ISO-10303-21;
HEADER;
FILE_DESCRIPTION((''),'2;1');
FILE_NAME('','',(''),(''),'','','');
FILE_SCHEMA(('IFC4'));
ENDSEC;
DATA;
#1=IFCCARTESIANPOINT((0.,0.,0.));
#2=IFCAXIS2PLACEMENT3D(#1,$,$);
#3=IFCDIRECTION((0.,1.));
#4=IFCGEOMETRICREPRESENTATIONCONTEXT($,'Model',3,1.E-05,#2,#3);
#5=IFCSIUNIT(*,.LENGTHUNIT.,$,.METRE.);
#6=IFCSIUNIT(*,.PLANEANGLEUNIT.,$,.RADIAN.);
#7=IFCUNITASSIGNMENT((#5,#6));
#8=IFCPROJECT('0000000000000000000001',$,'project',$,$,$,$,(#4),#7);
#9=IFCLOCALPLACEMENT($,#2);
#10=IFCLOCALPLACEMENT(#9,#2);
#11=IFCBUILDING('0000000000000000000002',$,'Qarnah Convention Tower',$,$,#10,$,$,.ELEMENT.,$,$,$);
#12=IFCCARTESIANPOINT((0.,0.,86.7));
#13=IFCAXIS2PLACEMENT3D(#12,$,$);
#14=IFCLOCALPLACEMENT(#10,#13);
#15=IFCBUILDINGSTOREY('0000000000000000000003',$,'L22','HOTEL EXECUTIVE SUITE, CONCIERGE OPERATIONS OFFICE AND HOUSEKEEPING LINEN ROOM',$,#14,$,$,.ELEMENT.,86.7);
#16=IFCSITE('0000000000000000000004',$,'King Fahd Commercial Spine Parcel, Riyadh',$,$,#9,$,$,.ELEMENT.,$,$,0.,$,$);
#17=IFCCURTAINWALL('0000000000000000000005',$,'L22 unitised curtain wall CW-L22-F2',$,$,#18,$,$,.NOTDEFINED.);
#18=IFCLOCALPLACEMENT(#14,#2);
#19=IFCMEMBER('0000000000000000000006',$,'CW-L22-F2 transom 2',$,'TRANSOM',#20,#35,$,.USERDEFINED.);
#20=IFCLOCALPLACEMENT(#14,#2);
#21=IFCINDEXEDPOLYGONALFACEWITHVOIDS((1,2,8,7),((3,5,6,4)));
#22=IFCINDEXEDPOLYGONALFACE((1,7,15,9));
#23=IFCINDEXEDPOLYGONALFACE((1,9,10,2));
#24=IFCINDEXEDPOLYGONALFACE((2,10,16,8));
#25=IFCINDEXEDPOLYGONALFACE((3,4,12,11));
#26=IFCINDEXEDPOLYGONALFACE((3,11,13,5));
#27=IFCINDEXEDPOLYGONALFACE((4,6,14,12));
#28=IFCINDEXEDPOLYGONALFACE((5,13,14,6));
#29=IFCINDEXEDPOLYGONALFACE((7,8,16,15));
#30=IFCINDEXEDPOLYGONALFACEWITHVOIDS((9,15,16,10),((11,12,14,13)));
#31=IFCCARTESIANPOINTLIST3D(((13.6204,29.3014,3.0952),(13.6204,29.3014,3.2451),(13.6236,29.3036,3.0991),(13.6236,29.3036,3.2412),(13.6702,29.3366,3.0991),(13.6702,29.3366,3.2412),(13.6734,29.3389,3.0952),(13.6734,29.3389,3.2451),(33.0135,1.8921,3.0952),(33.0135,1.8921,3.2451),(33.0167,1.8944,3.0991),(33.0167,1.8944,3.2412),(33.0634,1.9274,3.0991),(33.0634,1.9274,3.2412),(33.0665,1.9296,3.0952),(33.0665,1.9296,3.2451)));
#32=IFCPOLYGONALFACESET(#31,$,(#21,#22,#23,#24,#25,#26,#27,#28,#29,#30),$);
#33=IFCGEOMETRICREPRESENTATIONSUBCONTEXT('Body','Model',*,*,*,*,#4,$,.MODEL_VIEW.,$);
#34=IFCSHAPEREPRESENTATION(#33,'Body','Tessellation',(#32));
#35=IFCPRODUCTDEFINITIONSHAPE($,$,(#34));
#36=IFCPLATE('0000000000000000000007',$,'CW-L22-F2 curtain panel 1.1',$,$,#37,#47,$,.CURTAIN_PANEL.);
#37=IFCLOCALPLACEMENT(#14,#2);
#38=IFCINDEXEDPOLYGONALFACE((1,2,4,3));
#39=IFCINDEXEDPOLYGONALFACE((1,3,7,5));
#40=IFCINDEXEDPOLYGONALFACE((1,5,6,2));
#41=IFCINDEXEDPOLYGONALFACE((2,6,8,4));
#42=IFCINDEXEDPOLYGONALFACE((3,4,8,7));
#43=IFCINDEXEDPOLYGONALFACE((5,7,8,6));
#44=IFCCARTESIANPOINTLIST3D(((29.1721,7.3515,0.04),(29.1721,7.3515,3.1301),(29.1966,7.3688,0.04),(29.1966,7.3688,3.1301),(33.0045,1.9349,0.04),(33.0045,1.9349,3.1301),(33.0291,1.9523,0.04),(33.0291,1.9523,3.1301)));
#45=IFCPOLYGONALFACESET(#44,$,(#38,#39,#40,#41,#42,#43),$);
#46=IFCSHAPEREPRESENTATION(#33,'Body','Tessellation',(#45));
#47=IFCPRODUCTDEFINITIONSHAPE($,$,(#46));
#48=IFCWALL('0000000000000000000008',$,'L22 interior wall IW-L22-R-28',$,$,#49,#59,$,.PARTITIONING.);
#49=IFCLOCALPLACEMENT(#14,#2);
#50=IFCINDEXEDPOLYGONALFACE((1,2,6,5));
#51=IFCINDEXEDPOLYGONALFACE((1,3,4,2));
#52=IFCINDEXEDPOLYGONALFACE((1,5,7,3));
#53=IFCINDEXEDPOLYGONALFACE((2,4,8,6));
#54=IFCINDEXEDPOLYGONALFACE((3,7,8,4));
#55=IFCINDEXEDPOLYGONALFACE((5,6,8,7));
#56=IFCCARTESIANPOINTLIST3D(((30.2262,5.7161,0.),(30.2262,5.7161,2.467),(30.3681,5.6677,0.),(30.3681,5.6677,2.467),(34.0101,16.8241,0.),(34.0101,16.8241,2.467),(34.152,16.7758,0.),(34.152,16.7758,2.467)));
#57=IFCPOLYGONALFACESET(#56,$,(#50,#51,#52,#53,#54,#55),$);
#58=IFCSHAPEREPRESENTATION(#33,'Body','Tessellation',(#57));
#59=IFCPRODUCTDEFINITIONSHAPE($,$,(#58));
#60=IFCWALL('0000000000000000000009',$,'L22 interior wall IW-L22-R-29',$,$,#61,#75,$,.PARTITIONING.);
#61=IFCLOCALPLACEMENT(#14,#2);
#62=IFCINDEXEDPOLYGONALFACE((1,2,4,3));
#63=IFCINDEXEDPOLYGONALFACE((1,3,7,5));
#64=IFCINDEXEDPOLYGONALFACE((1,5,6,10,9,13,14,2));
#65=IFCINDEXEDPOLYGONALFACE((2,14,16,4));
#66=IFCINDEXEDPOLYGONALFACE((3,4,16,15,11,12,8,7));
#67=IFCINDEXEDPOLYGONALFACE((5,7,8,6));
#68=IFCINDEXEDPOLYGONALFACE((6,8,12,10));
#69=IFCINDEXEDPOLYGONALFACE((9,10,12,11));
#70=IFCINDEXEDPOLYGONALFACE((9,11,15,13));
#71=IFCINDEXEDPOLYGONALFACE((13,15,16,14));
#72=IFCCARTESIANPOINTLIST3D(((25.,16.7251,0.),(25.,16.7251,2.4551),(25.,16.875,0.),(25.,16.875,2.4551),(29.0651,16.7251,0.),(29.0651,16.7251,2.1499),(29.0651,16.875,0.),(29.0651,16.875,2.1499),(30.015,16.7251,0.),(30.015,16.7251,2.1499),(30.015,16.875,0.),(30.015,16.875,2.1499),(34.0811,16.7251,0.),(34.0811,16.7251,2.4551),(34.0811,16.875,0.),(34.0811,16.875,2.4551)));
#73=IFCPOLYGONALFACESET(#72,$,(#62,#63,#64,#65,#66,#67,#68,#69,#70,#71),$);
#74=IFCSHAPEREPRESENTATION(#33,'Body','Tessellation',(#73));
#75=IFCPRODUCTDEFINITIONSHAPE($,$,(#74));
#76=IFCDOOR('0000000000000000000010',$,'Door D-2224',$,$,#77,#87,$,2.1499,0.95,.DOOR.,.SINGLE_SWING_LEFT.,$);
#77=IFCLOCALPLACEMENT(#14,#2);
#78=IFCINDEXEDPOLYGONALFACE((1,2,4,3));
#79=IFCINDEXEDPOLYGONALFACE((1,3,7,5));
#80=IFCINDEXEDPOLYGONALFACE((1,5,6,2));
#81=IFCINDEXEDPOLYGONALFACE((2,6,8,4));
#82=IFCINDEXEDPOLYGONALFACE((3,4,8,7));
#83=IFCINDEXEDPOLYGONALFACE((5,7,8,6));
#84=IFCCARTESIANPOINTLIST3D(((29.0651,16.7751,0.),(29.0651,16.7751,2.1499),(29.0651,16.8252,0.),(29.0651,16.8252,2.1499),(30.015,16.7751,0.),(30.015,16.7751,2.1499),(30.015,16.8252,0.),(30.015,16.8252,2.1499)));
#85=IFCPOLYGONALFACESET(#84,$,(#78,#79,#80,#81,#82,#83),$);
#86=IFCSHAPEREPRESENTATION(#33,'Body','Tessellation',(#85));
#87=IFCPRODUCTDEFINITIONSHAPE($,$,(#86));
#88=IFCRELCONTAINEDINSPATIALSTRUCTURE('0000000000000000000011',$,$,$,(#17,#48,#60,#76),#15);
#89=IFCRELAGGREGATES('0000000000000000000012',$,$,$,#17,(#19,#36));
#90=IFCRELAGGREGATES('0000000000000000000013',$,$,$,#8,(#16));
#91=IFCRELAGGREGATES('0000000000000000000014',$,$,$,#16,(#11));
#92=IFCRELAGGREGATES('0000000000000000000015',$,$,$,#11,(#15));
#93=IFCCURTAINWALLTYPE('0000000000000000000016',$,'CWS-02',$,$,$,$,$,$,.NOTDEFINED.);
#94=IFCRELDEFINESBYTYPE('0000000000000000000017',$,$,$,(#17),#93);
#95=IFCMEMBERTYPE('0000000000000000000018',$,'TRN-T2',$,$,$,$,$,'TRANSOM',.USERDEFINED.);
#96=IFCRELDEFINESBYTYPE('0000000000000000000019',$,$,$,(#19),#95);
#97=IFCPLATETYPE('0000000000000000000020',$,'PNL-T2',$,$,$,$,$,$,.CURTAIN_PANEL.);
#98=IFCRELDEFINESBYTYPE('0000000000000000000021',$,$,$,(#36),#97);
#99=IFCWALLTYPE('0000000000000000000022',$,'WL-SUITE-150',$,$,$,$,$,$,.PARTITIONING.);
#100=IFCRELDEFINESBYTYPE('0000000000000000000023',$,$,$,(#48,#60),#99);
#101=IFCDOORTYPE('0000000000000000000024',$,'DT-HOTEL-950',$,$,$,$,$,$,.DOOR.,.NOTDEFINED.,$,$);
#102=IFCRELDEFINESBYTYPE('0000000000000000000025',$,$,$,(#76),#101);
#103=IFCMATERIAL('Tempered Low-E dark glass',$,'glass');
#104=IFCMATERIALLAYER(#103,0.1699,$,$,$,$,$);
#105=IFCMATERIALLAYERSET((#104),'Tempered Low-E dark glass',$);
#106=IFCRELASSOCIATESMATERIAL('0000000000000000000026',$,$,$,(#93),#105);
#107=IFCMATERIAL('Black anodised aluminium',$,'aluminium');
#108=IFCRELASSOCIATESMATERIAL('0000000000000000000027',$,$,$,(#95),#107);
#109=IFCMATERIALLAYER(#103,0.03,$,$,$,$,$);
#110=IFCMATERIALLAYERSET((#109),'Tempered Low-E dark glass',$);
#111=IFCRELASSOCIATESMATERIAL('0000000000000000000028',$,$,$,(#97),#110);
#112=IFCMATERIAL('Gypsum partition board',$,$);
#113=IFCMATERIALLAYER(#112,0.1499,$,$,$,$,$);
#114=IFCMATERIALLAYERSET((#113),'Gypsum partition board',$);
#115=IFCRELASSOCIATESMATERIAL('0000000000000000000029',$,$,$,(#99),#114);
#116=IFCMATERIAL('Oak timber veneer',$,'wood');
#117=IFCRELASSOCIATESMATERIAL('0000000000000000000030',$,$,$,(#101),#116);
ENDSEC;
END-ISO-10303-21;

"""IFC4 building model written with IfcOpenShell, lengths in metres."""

from ifc_helpers import new_model, si_unit, direction, frame, frame_2d, origin, origin_2d, place, context, subcontext, project, spatial, rectangle, hollow_rectangle, extrude, material, layer, layer_set, material_profile, profile_set, type_object, element, fill, aggregate, save


model = new_model("IFC4")

# Units and contexts
model_context = context("Model", 3, precision=1e-05, world=origin(), true_north=direction((0.0, 1.0)))
body_context = subcontext(model_context, "Body", "Model", "MODEL_VIEW")
ifc_project = project(units=[si_unit("LENGTHUNIT", "METRE"), si_unit("PLANEANGLEUNIT", "RADIAN")], contexts=[model_context])

# Site, building, storey
site_placement = place(None, origin())
site = spatial("IfcSite", under=ifc_project, at=site_placement, Name="King Fahd Commercial Spine Parcel, Riyadh", CompositionType="ELEMENT", RefElevation=0.0)
building_placement = place(site_placement, origin())
building = spatial("IfcBuilding", under=site, at=building_placement, Name="Qarnah Convention Tower", CompositionType="ELEMENT")
storey_placement = place(building_placement, frame((0.0, 0.0, 86.7)))
storey = spatial("IfcBuildingStorey", under=building, at=storey_placement, Name="L22", Description="HOTEL EXECUTIVE SUITE, CONCIERGE OPERATIONS OFFICE AND HOUSEKEEPING LINEN ROOM", CompositionType="ELEMENT", Elevation=86.7)

# Curtain wall
ifc_material_1 = material(Name="Tempered Low-E dark glass", Category="glass")
ifc_layer_1 = layer(ifc_material_1, 0.1699)
ifc_layer_set_1 = layer_set([ifc_layer_1], Name="Tempered Low-E dark glass")
curtain_wall_type = type_object("IfcCurtainWallType", Name="CWS-02", PredefinedType="NOTDEFINED", material=ifc_layer_set_1)
curtain_wall_1_placement = place(storey_placement, origin())
curtain_wall_1 = element("IfcCurtainWall", 1, at=curtain_wall_1_placement, inside=storey, type_object=curtain_wall_type, Name="L22 unitised curtain wall CW-L22-F2", PredefinedType="NOTDEFINED")
ifc_material_2 = material(Name="Black anodised aluminium", Category="aluminium")

# Member
ifc_material_profile_1 = material_profile(ifc_material_2, hollow_rectangle(XDim=0.0649, YDim=0.1499, WallThickness=0.0039, at=origin_2d()), Name="TRN-65X150")
ifc_profile_set_1 = profile_set([ifc_material_profile_1], Name="Black anodised aluminium")
member_type_1 = type_object("IfcMemberType", Name="TRN-T2", ElementType="TRANSOM", PredefinedType="USERDEFINED", material=ifc_profile_set_1)
member_1_placement = place(storey_placement, frame((33.04, 1.9109, 3.1702), z_axis=(-0.577586, 0.81633, 0.0), x_axis=(-0.81633, -0.577586, 0.0)))
member_1 = element("IfcMember", 2, at=member_1_placement, type_object=member_type_1, Name="CW-L22-F2 transom 2", ObjectType="TRANSOM", PredefinedType="USERDEFINED", context=body_context, shape_type="SweptSolid", body=[
    extrude(hollow_rectangle(XDim=0.0649, YDim=0.1499, WallThickness=0.0039, at=origin_2d()), origin(), (0.0, 0.0, 1.0), 33.5762),
])

# Plate
ifc_layer_2 = layer(ifc_material_1, 0.03)
ifc_layer_set_2 = layer_set([ifc_layer_2], Name="Tempered Low-E dark glass")
plate_type = type_object("IfcPlateType", Name="PNL-T2", PredefinedType="CURTAIN_PANEL", material=ifc_layer_set_2)
plate_placement = place(storey_placement, frame((31.1006, 4.6519, 0.04), z_axis=(0.0, 0.0, 1.0), x_axis=(-0.577587, 0.816329, 0.0)))
plate = element("IfcPlate", 3, at=plate_placement, type_object=plate_type, Name="CW-L22-F2 curtain panel 1.1", PredefinedType="CURTAIN_PANEL", context=body_context, shape_type="SweptSolid", body=[
    extrude(rectangle(XDim=6.6353, YDim=0.03, at=origin_2d()), origin(), (0.0, 0.0, 1.0), 3.0901),
])
aggregate(curtain_wall_1, [member_1, plate])

# Wall
ifc_material_3 = material(Name="Gypsum partition board")
ifc_layer_3 = layer(ifc_material_3, 0.1499)
ifc_layer_set_3 = layer_set([ifc_layer_3], Name="Gypsum partition board")
wall_type = type_object("IfcWallType", Name="WL-SUITE-150", PredefinedType="PARTITIONING", material=ifc_layer_set_3)
wall_1_placement = place(storey_placement, frame((30.2971, 5.6919, 0.0), z_axis=(0.0, 0.0, 1.0), x_axis=(0.32245, 0.946587, 0.0)))
element("IfcWall", 4, at=wall_1_placement, inside=storey, type_object=wall_type, Name="L22 interior wall IW-L22-R-28", PredefinedType="PARTITIONING", context=body_context, shape_type="SweptSolid", body=[
    extrude(rectangle(XDim=11.7349, YDim=0.1499, at=frame_2d((5.8674, 0.0))), origin(), (0.0, 0.0, 1.0), 2.467),
])

# Wall, opening, door
wall_2_placement = place(storey_placement, frame((34.0811, 16.8, 0.0), z_axis=(0.0, 0.0, 1.0), x_axis=(-1.0, 0.0, 0.0)))
wall_2 = element("IfcWall", 5, at=wall_2_placement, inside=storey, type_object=wall_type, Name="L22 interior wall IW-L22-R-29", PredefinedType="PARTITIONING", context=body_context, shape_type="SweptSolid", body=[
    extrude(rectangle(XDim=9.0811, YDim=0.1499, at=frame_2d((4.5405, 0.0))), origin(), (0.0, 0.0, 1.0), 2.4551),
])
opening_placement = place(wall_2_placement, frame((4.0659, 0.0, 0.0)))
opening = element("IfcOpeningElement", 6, at=opening_placement, cuts=wall_2, PredefinedType="OPENING", context=body_context, shape_type="SweptSolid", body=[
    extrude(rectangle(XDim=0.95, YDim=2.1499, at=frame_2d((0.4751, 1.075))), frame((0.0, 0.085, 0.0), z_axis=(0.0, -1.0, 0.0), x_axis=(1.0, 0.0, 0.0)), (0.0, 0.0, 1.0), 0.1699),
])
ifc_material_4 = material(Name="Oak timber veneer", Category="wood")
door_type = type_object("IfcDoorType", Name="DT-HOTEL-950", OperationType="NOTDEFINED", PredefinedType="DOOR", material=ifc_material_4)
door_placement = place(opening_placement, origin())
door = element("IfcDoor", 7, at=door_placement, inside=storey, type_object=door_type, Name="Door D-2224", OperationType="SINGLE_SWING_LEFT", OverallHeight=2.1499, OverallWidth=0.95, PredefinedType="DOOR", context=body_context, shape_type="SweptSolid", body=[
    extrude(rectangle(XDim=0.95, YDim=2.1499, at=frame_2d((0.4751, 1.075))), frame((0.0, 0.0249, 0.0), z_axis=(0.0, -1.0, 0.0), x_axis=(1.0, 0.0, 0.0)), (0.0, 0.0, 1.0), 0.05),
])
fill(opening, door)

save(model, "model.ifc")
